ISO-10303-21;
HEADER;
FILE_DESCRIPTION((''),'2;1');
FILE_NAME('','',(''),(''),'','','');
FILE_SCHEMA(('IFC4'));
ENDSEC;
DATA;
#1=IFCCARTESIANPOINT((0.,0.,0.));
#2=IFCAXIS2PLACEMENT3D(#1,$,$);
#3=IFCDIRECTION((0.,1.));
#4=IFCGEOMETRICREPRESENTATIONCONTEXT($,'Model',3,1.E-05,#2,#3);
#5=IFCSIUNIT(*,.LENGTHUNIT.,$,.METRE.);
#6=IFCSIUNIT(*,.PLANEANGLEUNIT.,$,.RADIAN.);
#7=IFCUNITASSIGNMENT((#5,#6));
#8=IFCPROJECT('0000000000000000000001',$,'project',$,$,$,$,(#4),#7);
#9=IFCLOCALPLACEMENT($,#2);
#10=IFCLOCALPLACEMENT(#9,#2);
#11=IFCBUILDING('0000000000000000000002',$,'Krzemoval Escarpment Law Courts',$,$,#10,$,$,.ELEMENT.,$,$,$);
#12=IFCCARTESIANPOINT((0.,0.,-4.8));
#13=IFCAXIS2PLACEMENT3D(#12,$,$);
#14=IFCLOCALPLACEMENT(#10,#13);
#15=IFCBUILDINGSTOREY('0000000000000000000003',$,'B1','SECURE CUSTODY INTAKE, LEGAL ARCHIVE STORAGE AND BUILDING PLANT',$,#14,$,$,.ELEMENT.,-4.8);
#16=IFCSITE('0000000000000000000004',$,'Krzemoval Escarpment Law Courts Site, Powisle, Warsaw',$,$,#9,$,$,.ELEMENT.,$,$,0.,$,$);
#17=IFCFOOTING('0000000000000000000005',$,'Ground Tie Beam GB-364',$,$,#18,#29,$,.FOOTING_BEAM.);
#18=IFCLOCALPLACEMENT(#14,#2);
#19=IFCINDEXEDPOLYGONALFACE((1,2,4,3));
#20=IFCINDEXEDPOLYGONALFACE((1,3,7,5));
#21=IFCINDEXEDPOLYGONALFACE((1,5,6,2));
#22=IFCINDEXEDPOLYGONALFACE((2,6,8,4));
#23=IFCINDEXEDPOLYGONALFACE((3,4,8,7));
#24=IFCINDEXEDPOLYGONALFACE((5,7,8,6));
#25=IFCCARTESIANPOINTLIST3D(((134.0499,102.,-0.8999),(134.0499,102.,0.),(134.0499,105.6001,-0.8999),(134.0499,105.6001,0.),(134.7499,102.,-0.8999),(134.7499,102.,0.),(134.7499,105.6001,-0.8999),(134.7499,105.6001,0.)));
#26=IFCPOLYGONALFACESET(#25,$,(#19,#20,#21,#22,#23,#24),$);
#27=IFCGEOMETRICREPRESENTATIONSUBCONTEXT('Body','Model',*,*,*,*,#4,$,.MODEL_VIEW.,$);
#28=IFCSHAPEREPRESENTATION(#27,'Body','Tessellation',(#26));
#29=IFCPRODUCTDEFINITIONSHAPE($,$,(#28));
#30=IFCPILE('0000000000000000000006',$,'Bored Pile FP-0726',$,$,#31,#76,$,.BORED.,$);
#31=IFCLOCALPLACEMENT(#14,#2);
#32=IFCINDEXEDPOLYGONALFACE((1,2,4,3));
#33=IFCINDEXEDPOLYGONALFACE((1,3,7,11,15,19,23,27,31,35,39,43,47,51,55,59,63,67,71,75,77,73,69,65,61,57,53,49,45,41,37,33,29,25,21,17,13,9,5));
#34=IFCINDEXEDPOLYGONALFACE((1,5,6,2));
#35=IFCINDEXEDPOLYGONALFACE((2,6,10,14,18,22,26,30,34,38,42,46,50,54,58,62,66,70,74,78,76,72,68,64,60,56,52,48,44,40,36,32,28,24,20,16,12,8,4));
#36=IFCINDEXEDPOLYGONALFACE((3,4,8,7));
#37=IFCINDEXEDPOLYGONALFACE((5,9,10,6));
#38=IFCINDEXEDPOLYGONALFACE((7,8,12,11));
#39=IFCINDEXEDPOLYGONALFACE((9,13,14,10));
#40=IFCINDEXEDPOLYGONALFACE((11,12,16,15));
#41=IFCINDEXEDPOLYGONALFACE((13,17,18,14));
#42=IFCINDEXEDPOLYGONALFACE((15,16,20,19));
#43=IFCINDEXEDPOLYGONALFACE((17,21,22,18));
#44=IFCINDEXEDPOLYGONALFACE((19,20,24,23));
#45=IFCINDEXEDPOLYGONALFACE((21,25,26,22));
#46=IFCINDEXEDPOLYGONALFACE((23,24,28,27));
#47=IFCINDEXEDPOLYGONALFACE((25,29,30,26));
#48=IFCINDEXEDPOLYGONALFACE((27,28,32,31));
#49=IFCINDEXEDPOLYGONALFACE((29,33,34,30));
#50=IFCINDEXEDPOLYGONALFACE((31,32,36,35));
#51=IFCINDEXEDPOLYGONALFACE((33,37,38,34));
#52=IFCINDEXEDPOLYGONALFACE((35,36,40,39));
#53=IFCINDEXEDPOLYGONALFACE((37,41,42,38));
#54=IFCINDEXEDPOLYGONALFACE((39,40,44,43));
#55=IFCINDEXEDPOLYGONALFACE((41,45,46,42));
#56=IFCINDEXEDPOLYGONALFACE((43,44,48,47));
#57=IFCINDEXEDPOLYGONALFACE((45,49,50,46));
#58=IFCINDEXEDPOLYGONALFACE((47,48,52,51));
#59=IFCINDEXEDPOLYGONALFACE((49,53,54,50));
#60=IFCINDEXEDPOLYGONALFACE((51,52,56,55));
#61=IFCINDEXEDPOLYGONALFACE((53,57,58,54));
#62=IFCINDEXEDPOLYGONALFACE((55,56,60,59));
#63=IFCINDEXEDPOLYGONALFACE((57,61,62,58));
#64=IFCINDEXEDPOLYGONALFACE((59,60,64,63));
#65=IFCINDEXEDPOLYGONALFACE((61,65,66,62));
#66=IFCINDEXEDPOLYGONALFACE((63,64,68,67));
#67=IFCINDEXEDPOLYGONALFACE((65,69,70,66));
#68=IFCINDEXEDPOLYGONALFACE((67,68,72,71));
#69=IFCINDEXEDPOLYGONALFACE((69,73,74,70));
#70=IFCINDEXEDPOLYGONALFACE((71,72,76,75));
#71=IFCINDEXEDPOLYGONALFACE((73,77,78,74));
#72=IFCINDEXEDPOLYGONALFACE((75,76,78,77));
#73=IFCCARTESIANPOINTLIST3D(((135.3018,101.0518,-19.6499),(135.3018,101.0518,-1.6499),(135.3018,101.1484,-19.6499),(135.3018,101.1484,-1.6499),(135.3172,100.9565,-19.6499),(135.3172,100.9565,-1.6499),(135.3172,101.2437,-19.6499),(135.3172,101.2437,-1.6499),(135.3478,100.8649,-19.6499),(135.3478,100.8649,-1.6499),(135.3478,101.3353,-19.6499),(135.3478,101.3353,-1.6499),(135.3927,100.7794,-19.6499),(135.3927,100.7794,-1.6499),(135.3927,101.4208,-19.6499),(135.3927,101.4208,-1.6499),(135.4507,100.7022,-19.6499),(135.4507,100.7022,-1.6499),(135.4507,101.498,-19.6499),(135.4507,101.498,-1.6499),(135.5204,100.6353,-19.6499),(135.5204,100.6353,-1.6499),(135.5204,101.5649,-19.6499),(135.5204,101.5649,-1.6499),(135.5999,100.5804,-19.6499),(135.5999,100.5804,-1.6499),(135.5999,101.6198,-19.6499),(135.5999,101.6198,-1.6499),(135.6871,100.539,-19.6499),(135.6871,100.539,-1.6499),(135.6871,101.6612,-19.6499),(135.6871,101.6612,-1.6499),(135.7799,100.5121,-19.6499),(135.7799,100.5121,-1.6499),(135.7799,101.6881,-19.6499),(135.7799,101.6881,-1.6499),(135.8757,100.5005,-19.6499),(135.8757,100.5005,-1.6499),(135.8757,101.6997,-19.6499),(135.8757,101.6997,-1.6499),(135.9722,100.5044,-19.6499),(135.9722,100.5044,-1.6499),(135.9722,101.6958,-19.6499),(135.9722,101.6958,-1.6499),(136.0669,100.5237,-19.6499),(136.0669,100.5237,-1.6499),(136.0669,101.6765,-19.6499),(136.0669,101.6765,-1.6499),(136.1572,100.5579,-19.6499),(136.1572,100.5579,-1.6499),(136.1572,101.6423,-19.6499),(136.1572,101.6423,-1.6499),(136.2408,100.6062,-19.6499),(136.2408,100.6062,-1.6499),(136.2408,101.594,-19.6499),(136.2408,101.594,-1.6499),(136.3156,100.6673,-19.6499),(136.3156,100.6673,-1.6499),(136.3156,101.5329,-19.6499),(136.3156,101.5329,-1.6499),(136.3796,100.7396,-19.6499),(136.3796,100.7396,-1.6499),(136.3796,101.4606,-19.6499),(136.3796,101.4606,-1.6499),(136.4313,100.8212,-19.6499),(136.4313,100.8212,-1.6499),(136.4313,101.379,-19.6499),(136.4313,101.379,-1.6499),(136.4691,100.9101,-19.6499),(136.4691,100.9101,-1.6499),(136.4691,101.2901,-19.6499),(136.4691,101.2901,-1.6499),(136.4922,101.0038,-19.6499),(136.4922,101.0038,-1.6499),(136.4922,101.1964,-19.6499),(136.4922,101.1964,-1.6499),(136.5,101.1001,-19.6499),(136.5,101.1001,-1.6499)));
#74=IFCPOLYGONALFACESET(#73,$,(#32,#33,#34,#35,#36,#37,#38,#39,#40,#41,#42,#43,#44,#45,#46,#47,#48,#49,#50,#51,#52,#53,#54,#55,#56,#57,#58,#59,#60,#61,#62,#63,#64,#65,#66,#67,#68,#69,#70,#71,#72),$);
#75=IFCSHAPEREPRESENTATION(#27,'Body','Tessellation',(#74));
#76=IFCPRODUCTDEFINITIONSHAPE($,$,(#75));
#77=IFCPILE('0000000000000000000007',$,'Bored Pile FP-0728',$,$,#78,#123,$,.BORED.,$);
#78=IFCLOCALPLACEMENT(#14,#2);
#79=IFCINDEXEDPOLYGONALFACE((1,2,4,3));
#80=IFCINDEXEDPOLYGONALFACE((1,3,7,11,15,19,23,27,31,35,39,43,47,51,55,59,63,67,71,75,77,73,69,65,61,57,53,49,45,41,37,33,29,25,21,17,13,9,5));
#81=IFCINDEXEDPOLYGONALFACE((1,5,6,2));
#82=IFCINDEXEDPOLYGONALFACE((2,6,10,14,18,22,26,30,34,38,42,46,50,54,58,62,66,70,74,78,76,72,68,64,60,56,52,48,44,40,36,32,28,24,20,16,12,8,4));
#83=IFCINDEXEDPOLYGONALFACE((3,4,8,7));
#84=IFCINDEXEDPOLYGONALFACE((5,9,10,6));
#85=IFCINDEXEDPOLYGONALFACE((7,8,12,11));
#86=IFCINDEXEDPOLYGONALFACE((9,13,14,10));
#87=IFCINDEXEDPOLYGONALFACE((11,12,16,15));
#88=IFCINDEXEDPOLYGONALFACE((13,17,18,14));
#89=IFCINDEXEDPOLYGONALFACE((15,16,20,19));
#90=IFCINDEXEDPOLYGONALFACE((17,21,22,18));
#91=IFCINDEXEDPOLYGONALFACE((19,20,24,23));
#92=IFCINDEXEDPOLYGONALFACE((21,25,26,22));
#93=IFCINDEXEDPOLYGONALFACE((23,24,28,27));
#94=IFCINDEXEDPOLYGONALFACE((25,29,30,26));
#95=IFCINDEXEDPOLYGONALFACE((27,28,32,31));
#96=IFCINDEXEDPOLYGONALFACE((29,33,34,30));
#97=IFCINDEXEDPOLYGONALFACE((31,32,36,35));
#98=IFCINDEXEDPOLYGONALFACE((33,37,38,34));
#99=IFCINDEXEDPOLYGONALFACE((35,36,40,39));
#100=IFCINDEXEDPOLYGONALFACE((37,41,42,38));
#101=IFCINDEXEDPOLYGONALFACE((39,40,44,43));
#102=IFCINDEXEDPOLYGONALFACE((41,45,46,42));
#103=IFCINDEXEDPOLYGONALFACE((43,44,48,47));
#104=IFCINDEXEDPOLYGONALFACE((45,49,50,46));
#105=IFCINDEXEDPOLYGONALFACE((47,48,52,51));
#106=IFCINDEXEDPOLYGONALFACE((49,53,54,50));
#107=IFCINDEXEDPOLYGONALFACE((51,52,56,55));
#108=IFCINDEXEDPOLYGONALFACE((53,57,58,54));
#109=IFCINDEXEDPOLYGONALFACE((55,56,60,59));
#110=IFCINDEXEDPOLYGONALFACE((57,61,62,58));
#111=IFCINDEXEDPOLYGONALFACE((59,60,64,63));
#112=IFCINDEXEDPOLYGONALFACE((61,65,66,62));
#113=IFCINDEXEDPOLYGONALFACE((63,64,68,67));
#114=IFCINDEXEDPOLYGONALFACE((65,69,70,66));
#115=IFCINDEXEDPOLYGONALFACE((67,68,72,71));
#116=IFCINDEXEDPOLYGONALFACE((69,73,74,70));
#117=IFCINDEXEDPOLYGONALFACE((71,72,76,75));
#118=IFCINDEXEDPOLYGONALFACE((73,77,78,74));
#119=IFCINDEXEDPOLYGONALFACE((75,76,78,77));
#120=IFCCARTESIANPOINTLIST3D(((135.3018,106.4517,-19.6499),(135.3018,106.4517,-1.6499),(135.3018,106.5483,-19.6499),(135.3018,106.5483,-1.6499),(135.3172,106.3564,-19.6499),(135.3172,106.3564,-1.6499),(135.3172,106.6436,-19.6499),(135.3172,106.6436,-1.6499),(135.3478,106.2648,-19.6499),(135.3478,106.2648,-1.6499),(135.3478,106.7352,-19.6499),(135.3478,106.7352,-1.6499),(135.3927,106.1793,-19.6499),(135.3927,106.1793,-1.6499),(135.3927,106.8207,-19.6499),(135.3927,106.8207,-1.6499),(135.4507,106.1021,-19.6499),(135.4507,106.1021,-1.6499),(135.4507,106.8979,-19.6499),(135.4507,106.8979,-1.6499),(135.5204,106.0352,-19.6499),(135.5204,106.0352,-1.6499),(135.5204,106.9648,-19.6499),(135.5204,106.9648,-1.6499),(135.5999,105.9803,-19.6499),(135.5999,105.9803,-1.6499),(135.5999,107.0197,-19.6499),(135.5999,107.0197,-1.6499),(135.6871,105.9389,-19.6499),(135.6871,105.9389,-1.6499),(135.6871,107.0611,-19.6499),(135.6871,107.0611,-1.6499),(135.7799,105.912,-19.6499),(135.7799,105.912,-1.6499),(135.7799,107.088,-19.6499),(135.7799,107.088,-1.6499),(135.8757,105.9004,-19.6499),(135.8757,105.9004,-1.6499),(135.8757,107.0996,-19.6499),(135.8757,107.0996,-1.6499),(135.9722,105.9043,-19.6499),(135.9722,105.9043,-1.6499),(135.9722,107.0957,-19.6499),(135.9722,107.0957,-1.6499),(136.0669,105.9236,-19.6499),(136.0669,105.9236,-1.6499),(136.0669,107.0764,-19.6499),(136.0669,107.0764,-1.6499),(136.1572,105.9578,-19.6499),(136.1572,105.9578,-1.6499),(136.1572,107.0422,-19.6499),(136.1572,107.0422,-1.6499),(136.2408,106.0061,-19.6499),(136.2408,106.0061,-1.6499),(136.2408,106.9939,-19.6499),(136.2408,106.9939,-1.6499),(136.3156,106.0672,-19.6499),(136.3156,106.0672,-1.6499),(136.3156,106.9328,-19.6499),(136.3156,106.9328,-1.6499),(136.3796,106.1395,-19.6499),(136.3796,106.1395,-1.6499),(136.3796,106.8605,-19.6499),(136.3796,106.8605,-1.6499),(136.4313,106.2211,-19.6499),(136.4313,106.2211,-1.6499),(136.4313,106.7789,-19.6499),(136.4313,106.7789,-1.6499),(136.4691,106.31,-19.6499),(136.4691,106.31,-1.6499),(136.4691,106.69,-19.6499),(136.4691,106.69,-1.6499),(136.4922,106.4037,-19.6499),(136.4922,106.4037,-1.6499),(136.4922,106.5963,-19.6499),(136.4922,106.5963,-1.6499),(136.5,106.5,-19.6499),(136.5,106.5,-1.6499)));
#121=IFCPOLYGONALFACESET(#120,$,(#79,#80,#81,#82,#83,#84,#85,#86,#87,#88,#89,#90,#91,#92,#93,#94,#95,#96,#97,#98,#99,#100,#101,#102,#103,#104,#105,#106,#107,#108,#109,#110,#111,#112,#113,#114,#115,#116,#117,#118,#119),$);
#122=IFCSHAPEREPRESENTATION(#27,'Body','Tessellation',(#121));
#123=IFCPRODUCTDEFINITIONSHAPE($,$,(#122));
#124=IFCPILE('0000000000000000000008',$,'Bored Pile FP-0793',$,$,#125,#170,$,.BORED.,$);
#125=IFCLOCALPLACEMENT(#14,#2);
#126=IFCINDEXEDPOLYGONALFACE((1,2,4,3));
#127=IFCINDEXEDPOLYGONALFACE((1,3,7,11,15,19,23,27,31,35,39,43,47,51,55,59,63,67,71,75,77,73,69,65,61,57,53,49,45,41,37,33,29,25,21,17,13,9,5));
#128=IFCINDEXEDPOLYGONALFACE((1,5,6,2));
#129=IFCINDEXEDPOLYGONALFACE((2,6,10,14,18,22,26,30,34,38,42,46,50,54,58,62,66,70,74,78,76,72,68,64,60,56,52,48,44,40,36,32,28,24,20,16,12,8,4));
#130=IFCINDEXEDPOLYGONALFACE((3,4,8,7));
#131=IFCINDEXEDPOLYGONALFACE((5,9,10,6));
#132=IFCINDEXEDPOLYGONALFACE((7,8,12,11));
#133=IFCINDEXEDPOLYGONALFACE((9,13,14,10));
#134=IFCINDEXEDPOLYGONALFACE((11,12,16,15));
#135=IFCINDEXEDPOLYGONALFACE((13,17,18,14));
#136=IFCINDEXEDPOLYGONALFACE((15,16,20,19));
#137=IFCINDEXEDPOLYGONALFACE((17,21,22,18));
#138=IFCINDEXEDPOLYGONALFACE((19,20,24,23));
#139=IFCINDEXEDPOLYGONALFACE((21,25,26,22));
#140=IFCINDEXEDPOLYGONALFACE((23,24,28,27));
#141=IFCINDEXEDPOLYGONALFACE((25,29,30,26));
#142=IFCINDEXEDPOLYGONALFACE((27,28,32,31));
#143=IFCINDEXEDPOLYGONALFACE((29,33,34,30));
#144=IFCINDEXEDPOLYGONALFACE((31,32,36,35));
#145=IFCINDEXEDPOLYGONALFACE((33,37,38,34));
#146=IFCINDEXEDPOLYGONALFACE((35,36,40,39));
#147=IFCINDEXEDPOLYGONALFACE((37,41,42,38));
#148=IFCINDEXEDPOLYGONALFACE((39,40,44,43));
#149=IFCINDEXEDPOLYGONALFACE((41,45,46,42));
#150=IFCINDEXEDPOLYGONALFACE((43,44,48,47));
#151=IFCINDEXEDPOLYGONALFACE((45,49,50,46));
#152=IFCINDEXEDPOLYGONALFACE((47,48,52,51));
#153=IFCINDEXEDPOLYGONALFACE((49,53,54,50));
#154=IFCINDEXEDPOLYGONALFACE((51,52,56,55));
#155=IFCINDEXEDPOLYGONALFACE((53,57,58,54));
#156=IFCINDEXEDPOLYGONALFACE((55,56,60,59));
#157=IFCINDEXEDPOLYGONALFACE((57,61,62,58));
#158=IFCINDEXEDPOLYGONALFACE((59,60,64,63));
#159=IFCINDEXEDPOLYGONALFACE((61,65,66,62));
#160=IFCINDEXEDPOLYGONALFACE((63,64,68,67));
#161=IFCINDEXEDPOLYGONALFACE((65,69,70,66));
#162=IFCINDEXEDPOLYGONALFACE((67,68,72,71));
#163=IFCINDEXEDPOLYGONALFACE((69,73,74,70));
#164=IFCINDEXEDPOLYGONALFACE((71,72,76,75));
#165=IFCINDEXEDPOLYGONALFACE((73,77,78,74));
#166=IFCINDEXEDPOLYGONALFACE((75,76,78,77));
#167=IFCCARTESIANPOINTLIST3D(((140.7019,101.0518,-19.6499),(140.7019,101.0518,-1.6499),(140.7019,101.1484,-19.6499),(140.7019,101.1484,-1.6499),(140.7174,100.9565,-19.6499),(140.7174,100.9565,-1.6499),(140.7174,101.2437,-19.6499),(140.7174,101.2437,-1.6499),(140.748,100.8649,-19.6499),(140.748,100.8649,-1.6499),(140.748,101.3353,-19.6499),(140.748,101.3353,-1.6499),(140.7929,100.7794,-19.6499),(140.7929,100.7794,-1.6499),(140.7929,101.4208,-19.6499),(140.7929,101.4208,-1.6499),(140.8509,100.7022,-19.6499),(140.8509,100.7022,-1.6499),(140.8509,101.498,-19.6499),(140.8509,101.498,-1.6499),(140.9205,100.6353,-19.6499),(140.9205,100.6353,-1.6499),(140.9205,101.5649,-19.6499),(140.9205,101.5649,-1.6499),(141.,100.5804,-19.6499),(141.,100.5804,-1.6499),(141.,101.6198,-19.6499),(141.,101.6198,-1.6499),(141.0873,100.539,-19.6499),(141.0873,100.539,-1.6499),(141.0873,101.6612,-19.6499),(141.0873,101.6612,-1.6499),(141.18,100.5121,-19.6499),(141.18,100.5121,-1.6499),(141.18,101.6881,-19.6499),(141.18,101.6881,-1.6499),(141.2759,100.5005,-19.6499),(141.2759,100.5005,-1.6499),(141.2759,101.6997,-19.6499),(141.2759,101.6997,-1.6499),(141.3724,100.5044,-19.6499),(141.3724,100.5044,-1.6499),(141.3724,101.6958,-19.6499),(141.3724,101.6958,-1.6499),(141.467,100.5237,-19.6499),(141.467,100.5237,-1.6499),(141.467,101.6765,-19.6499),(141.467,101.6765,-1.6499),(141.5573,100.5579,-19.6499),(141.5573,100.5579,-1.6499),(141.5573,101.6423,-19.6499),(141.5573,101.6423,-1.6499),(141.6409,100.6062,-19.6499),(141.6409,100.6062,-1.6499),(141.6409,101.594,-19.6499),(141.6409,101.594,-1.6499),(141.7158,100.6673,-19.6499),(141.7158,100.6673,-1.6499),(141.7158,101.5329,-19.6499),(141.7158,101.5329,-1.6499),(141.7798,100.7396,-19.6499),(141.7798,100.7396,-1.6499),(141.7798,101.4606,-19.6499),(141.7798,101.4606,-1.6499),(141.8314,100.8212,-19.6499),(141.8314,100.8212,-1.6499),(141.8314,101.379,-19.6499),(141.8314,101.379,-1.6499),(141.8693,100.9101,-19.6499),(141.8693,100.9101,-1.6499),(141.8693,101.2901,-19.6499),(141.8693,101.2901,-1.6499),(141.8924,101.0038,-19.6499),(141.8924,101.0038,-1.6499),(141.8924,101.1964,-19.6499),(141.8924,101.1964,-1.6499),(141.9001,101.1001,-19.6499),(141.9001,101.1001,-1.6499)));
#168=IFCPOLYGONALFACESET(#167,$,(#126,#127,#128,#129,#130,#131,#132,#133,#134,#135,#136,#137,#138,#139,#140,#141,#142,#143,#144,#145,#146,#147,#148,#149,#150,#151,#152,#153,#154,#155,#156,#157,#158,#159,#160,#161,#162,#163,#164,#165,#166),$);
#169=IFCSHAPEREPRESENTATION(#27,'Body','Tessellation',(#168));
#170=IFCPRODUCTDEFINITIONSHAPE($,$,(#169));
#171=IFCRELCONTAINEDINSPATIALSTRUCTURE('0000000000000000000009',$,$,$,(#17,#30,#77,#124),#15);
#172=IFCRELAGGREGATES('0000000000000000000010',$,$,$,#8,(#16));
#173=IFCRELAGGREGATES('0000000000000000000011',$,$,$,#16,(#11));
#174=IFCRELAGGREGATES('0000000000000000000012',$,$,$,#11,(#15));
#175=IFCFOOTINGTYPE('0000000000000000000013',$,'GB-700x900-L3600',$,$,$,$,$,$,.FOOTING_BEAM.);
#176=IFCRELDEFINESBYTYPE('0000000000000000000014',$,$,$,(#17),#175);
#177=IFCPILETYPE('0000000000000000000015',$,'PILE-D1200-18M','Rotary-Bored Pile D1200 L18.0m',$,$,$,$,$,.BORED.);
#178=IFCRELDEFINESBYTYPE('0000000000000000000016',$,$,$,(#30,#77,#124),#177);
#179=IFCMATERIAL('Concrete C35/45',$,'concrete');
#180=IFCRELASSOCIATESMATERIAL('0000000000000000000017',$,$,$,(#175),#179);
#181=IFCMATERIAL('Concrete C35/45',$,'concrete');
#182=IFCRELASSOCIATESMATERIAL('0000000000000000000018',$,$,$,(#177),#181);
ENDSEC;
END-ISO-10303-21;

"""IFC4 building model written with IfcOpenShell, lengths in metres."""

from ifc_helpers import new_model, si_unit, direction, frame, origin, origin_2d, place, context, subcontext, project, spatial, rectangle, circle, extrude, material, material_profile, profile_set, type_object, element, save


model = new_model("IFC4")

# Units and contexts
model_context = context("Model", 3, precision=1e-05, world=origin(), true_north=direction((0.0, 1.0)))
body_context = subcontext(model_context, "Body", "Model", "MODEL_VIEW")
ifc_project = project(units=[si_unit("LENGTHUNIT", "METRE"), si_unit("PLANEANGLEUNIT", "RADIAN")], contexts=[model_context])

# Site, building, storey
site_placement = place(None, origin())
site = spatial("IfcSite", under=ifc_project, at=site_placement, Name="Krzemoval Escarpment Law Courts Site, Powisle, Warsaw", CompositionType="ELEMENT", RefElevation=0.0)
building_placement = place(site_placement, origin())
building = spatial("IfcBuilding", under=site, at=building_placement, Name="Krzemoval Escarpment Law Courts", CompositionType="ELEMENT")
storey_placement = place(building_placement, frame((0.0, 0.0, -4.8)))
storey = spatial("IfcBuildingStorey", under=building, at=storey_placement, Name="B1", Description="SECURE CUSTODY INTAKE, LEGAL ARCHIVE STORAGE AND BUILDING PLANT", CompositionType="ELEMENT", Elevation=-4.8)

# Footing
ifc_material_1 = material(Name="Concrete C35/45", Category="concrete")
footing_type = type_object("IfcFootingType", Name="GB-700x900-L3600", PredefinedType="FOOTING_BEAM", material=ifc_material_1)
footing_placement = place(storey_placement, frame((134.3999, 103.8, -0.8999), z_axis=(0.0, 0.0, 1.0), x_axis=(0.0, 1.0, 0.0)))
element("IfcFooting", 1, at=footing_placement, inside=storey, type_object=footing_type, Name="Ground Tie Beam GB-364", PredefinedType="FOOTING_BEAM", context=body_context, shape_type="SweptSolid", body=[
    extrude(rectangle(XDim=3.6001, YDim=0.7, at=origin_2d()), origin(), (0.0, 0.0, 1.0), 0.8999),
])

# Piles
ifc_material_2 = material(Name="Concrete C35/45", Category="concrete")
ifc_material_profile_1 = material_profile(ifc_material_2, circle(Radius=0.6001, at=origin_2d()), Name="PILE D1200")
ifc_profile_set_1 = profile_set([ifc_material_profile_1], Name="Concrete C35/45")
pile_type = type_object("IfcPileType", Name="PILE-D1200-18M", Description="Rotary-Bored Pile D1200 L18.0m", PredefinedType="BORED", material=ifc_profile_set_1)
for number, where, z_axis, x_axis, name in (
    (2, (135.8999, 101.1001, -1.6499), (0.0, 0.0, -1.0), (1.0, 0.0, 0.0), "Bored Pile FP-0726"),
    (3, (135.8999, 106.5, -1.6499), (0.0, 0.0, -1.0), (1.0, 0.0, 0.0), "Bored Pile FP-0728"),
    (4, (141.3, 101.1001, -1.6499), (0.0, 0.0, -1.0), (1.0, 0.0, 0.0), "Bored Pile FP-0793"),
):
    element("IfcPile", number, at=place(storey_placement, frame(where, z_axis=z_axis, x_axis=x_axis)), inside=storey, type_object=pile_type, Name=name, PredefinedType="BORED", context=body_context, shape_type="SweptSolid", body=[
        extrude(circle(Radius=0.6001, at=origin_2d()), origin(), (0.0, 0.0, 1.0), 18.0),
    ])

save(model, "model.ifc")
